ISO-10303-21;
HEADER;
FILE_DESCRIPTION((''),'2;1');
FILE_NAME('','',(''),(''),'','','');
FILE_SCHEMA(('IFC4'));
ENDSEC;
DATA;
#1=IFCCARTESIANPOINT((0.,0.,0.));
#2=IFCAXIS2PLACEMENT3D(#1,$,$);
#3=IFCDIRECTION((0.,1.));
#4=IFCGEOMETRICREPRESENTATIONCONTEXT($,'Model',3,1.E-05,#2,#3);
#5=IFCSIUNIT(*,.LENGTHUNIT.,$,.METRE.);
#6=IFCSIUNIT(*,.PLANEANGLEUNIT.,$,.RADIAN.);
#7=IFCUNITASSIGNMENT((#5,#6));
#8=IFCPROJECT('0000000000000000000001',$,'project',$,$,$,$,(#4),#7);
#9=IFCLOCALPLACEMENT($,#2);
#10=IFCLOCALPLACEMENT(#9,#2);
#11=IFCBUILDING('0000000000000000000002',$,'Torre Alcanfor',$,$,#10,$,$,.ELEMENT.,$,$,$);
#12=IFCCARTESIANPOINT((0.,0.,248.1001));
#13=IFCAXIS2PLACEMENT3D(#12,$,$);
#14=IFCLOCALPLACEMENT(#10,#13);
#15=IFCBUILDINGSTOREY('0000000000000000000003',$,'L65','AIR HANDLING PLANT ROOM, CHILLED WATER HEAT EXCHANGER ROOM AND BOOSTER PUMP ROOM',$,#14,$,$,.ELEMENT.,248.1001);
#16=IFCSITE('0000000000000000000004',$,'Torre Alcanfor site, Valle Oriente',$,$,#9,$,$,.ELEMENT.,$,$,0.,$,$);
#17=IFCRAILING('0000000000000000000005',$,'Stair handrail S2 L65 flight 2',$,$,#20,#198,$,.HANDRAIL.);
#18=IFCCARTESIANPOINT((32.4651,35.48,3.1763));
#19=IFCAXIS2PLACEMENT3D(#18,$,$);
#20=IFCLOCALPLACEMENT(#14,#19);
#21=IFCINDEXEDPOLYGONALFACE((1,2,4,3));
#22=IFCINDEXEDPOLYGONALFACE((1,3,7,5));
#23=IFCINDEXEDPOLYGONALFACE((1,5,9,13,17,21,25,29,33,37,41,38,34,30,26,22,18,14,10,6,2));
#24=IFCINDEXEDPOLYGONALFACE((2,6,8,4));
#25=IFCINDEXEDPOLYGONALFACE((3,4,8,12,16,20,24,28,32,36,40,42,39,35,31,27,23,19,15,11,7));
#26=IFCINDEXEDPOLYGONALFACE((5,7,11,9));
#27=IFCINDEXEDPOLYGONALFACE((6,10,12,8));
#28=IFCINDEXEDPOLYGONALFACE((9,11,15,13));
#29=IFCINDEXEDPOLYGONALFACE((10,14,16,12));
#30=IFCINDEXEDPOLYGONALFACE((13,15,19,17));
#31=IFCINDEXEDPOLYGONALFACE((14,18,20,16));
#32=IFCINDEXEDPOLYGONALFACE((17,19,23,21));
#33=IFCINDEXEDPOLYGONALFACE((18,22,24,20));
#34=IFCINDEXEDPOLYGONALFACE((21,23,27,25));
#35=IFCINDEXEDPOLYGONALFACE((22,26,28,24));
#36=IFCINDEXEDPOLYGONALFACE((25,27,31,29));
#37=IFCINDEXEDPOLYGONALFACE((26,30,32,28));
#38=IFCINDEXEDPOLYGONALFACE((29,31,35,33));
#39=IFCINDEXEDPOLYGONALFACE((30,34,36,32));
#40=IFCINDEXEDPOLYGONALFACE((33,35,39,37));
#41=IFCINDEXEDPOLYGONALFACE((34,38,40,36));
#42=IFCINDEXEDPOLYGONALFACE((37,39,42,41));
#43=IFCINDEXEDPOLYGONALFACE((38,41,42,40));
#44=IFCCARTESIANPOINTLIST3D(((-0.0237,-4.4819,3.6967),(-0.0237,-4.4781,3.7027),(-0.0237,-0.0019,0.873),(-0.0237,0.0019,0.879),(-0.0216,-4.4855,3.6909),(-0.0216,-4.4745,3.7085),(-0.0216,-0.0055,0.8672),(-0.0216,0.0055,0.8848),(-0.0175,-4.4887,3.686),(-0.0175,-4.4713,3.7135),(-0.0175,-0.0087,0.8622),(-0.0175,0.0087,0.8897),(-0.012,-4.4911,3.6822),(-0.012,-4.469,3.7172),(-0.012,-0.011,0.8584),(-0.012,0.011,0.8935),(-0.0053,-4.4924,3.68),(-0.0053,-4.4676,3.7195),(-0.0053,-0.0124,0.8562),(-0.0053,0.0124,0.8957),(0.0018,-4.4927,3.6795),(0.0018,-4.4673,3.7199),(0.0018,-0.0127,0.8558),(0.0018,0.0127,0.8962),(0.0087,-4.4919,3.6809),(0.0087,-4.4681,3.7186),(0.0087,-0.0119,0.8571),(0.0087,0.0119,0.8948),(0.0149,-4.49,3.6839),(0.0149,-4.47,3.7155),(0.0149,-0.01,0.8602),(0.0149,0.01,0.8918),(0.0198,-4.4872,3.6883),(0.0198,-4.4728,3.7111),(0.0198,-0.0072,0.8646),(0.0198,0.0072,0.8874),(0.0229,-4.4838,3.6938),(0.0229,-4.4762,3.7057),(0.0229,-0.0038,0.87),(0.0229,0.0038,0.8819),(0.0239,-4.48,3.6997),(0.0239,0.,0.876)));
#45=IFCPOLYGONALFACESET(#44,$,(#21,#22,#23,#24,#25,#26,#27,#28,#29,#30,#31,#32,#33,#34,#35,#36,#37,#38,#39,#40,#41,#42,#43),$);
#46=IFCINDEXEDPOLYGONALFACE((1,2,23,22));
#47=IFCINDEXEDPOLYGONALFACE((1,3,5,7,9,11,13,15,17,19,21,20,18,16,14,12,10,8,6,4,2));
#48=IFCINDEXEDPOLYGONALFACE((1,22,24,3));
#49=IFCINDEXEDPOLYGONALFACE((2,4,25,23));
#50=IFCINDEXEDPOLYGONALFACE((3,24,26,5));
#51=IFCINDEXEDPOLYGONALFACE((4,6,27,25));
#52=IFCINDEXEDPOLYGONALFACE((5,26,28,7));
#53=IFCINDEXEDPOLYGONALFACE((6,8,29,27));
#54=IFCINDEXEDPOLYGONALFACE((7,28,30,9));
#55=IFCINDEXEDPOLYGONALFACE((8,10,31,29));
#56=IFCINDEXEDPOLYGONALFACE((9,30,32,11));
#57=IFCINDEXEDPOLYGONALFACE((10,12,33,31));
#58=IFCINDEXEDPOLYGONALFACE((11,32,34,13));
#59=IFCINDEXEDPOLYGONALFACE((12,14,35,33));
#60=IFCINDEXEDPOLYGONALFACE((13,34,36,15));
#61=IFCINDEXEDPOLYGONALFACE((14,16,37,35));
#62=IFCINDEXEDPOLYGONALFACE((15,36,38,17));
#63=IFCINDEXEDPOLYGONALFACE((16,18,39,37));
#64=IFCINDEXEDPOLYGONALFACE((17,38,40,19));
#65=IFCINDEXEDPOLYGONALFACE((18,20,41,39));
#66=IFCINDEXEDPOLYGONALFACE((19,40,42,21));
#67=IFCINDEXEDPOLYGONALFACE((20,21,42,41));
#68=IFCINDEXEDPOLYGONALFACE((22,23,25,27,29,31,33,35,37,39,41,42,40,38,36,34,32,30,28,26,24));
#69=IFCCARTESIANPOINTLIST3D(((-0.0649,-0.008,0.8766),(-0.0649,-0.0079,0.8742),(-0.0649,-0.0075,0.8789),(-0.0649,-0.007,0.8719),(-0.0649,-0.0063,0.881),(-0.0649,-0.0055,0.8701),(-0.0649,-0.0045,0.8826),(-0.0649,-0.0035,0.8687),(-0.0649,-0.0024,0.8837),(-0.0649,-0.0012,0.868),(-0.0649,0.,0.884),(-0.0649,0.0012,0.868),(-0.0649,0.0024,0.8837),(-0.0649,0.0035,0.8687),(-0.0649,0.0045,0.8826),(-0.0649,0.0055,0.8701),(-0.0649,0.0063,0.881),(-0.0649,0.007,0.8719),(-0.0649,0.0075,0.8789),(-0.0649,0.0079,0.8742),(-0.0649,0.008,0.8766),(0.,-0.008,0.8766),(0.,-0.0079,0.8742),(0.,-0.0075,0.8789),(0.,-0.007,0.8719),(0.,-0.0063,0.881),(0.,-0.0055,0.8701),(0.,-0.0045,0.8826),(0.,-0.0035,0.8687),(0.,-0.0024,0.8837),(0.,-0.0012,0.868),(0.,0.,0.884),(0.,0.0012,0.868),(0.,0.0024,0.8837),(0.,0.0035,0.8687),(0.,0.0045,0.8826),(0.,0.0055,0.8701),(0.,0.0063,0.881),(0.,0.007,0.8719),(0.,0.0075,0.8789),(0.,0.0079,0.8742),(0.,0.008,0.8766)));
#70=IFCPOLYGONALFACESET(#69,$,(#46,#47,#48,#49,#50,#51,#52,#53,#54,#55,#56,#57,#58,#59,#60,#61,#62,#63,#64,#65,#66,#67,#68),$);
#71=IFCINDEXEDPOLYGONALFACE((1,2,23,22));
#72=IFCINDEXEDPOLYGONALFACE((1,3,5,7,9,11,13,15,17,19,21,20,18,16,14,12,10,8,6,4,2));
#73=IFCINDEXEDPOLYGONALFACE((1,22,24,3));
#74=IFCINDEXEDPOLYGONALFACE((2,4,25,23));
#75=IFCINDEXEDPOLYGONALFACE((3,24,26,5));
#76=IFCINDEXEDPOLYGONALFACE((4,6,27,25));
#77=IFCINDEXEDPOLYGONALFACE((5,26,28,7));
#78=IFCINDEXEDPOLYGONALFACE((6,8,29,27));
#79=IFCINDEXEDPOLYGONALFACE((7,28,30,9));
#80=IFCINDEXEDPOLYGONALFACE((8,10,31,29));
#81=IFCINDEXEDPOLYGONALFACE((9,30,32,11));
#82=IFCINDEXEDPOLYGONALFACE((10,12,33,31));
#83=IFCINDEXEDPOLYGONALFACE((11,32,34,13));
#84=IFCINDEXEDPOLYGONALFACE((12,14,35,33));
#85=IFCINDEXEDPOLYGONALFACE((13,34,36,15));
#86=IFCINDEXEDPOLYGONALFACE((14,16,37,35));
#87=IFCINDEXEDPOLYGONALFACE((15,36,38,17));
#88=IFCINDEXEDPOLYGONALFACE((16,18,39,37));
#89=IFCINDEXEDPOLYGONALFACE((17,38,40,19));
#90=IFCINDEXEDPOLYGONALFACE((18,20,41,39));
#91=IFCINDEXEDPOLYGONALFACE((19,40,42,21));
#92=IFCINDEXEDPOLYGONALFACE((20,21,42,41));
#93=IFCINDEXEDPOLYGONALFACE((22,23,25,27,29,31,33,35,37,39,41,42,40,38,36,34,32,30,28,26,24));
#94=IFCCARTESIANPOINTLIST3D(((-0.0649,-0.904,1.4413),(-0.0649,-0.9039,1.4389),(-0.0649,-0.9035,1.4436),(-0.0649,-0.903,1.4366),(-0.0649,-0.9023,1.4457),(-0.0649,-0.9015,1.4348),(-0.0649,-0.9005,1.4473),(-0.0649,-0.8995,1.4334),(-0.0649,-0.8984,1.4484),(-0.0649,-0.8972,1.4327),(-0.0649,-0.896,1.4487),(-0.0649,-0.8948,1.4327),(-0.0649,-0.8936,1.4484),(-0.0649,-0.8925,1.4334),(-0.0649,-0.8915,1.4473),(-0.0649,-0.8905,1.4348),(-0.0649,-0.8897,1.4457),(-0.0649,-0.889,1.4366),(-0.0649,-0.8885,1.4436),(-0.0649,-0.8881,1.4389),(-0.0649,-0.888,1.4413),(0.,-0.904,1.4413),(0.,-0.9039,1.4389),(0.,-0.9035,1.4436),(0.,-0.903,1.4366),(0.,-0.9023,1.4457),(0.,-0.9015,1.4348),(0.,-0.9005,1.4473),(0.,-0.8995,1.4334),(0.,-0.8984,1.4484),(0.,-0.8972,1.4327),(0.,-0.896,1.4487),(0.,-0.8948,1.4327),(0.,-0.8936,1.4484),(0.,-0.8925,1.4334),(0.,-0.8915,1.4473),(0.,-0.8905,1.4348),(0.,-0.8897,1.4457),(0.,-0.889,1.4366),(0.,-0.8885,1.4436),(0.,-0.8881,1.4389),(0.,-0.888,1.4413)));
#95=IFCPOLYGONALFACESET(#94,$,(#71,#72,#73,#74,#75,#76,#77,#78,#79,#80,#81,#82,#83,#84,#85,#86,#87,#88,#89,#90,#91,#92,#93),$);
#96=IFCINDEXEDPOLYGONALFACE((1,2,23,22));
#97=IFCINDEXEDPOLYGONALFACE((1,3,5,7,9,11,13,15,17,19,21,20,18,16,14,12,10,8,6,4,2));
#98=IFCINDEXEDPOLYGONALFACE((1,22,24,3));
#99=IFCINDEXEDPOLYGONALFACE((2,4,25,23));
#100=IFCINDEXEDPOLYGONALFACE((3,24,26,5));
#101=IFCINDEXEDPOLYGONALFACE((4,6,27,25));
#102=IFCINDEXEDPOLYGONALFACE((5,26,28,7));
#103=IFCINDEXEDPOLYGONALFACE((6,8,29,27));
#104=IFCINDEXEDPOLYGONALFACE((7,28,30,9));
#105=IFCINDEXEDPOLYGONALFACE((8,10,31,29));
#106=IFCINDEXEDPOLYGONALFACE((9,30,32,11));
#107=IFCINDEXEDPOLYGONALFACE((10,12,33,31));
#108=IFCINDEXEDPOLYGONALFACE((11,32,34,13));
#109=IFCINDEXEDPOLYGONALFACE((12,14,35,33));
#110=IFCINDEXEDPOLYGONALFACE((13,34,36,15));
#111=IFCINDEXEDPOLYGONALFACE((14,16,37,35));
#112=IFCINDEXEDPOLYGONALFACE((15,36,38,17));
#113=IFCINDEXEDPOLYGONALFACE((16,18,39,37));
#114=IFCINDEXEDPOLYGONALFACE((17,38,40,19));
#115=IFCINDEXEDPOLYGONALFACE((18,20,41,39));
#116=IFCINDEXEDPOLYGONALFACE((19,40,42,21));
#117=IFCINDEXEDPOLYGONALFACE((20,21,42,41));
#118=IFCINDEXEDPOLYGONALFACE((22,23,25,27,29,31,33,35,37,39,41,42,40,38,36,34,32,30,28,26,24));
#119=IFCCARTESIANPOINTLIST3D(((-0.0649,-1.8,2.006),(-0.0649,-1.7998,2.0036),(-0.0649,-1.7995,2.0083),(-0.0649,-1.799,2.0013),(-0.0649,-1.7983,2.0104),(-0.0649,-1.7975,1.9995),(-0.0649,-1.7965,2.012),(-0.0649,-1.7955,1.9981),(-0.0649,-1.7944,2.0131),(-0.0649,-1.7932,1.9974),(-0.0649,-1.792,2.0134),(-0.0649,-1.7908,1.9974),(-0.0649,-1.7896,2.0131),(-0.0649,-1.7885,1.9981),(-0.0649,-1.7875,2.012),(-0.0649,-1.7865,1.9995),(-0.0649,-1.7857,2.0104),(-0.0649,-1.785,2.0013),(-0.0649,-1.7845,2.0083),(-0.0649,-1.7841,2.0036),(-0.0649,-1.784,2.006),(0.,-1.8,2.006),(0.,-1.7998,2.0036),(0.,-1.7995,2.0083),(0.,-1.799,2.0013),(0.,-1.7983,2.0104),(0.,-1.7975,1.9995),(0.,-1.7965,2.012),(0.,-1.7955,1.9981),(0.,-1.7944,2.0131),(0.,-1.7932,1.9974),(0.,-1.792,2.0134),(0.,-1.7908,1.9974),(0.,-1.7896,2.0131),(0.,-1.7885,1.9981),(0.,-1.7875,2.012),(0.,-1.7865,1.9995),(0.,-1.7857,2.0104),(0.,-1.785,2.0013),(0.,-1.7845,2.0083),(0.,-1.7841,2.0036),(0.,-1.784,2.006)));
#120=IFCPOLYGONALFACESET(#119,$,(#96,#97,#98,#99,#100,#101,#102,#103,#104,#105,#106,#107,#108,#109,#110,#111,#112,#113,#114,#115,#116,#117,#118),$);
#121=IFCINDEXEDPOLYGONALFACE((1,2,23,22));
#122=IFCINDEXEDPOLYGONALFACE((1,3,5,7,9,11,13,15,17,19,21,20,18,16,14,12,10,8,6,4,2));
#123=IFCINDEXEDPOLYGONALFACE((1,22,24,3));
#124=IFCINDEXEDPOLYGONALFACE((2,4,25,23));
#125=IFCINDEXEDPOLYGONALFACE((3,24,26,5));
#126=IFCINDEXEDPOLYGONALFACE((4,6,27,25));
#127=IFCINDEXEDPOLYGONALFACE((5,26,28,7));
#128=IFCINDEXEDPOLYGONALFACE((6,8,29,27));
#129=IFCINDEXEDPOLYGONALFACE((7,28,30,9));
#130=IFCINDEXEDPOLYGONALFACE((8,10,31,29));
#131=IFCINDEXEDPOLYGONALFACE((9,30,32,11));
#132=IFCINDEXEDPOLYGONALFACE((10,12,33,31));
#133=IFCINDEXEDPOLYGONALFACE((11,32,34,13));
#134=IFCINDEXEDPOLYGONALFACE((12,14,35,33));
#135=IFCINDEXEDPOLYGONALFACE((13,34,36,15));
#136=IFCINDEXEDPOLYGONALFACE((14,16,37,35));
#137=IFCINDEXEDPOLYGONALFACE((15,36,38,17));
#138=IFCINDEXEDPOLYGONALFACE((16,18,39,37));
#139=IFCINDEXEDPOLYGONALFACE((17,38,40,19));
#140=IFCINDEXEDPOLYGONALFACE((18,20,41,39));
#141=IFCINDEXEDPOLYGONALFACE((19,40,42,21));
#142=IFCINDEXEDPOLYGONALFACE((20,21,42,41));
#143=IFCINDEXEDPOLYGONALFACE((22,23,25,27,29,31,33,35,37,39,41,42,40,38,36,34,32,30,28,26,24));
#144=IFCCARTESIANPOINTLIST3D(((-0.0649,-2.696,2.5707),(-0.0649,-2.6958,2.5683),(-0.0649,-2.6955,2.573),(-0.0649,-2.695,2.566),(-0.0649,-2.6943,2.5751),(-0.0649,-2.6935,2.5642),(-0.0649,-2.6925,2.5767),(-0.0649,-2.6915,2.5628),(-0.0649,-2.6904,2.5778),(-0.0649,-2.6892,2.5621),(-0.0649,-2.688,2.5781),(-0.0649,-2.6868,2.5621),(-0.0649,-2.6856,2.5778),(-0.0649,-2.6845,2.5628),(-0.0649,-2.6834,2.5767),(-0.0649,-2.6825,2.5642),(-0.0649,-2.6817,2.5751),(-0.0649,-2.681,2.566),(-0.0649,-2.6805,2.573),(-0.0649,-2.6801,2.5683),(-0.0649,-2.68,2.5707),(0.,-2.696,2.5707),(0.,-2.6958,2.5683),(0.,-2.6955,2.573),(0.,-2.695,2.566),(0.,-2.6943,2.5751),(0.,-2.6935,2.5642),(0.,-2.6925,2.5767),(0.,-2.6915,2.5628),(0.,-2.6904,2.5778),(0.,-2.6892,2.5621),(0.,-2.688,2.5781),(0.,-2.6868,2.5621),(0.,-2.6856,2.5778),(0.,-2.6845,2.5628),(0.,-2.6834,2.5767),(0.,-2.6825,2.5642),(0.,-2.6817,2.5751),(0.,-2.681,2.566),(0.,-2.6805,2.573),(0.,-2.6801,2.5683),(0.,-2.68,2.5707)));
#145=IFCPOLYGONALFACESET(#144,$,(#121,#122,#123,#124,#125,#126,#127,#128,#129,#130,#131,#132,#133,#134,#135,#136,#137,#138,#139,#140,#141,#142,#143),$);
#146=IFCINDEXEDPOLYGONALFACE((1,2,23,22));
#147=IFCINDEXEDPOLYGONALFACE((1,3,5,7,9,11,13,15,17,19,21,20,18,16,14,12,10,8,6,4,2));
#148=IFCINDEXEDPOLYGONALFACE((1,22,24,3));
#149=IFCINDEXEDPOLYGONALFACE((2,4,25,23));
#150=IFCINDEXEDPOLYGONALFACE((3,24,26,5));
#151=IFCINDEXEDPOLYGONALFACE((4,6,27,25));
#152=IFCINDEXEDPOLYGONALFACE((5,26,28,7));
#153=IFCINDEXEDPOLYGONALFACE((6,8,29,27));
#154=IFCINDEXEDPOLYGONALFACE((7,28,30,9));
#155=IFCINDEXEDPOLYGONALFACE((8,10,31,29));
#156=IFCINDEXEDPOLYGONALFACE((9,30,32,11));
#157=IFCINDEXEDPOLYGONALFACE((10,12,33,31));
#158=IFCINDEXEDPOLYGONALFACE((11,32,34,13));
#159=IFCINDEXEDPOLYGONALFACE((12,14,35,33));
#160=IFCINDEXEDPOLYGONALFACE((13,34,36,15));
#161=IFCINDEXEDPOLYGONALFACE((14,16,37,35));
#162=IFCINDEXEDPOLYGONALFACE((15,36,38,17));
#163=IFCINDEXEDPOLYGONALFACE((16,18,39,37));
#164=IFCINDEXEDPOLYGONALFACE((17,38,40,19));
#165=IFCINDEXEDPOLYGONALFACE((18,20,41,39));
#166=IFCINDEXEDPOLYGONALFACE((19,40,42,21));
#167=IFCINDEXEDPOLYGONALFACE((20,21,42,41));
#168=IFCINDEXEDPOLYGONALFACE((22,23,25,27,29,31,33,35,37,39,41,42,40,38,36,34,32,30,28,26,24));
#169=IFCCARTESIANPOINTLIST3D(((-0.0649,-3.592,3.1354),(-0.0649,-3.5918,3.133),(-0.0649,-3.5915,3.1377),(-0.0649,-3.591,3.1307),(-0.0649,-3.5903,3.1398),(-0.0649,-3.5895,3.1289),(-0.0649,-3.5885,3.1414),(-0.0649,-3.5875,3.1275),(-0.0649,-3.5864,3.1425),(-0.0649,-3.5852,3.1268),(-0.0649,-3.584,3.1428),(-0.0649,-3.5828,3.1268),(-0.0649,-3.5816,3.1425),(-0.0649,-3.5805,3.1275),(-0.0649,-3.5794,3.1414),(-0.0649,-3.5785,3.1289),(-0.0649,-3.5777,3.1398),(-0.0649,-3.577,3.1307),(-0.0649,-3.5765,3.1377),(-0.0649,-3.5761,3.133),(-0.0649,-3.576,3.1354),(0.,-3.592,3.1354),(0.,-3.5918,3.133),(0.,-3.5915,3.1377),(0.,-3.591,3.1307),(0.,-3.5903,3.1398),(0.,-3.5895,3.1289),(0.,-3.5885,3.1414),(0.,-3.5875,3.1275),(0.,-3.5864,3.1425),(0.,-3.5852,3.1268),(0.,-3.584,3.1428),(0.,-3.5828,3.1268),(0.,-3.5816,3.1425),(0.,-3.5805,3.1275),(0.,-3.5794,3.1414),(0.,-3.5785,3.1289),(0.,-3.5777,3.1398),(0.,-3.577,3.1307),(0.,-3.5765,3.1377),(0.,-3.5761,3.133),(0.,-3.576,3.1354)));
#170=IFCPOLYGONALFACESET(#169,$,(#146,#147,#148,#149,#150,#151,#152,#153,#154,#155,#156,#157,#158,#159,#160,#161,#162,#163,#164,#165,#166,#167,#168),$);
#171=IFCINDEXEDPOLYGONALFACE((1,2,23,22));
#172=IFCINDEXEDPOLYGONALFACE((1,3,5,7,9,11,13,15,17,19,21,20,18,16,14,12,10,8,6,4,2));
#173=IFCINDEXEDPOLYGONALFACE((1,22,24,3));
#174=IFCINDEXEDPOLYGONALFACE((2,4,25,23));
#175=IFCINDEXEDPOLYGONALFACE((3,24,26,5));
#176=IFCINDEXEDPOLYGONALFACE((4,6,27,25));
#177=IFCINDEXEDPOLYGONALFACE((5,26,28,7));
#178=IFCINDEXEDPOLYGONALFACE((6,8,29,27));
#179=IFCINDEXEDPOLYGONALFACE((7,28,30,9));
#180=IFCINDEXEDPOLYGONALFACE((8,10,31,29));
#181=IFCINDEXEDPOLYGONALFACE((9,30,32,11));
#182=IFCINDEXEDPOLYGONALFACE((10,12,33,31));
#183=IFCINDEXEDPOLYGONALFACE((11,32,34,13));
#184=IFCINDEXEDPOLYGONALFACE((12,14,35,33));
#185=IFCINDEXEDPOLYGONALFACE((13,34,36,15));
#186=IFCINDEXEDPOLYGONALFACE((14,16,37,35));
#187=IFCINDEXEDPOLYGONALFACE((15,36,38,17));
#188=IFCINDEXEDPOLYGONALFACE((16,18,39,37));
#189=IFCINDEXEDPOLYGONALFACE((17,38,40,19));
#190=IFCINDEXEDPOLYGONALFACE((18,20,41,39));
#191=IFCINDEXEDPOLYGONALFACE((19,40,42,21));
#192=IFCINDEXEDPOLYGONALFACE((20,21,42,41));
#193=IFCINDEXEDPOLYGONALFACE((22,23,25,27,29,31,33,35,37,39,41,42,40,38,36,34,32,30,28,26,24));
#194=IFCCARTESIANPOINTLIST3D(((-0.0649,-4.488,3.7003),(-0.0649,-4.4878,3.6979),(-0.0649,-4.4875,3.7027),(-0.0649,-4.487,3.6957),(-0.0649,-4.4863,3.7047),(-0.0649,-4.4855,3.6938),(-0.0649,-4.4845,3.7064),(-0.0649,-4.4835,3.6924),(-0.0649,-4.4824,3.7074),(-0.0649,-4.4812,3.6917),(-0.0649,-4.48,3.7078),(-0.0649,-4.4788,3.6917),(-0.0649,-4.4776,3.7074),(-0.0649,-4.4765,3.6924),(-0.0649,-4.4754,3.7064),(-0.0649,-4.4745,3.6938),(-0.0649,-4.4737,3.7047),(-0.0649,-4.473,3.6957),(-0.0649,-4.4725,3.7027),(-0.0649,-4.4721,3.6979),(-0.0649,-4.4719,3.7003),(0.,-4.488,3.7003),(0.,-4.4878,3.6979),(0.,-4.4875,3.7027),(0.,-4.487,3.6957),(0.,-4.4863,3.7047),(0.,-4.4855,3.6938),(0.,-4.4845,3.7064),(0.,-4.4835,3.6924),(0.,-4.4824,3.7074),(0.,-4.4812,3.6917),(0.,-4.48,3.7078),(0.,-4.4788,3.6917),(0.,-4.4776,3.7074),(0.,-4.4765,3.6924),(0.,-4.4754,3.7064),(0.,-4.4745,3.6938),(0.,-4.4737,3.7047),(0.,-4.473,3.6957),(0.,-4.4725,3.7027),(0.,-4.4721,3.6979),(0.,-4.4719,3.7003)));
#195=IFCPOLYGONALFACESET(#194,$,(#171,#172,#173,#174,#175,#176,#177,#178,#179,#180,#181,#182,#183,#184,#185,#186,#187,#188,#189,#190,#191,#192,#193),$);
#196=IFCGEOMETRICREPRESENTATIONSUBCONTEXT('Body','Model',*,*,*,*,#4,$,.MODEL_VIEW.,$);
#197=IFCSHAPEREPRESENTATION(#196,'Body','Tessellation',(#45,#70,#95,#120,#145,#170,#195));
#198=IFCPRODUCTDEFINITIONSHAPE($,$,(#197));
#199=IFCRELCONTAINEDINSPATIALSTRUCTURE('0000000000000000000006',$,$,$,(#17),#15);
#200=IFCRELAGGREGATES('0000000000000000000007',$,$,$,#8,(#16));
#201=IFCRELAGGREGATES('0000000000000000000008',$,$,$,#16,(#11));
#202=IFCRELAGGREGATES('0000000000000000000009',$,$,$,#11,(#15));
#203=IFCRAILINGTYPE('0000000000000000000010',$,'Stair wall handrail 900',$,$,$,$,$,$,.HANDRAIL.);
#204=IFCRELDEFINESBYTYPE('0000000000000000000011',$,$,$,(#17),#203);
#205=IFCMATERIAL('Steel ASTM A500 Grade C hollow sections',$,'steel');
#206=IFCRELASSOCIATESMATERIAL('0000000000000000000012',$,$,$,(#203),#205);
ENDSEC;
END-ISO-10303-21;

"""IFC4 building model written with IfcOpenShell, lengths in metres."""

from ifc_helpers import new_model, si_unit, direction, frame, origin, origin_2d, place, context, subcontext, project, spatial, circle, extrude, material, type_object, element, save


model = new_model("IFC4")

# Units and contexts
model_context = context("Model", 3, precision=1e-05, world=origin(), true_north=direction((0.0, 1.0)))
body_context = subcontext(model_context, "Body", "Model", "MODEL_VIEW")
ifc_project = project(units=[si_unit("LENGTHUNIT", "METRE"), si_unit("PLANEANGLEUNIT", "RADIAN")], contexts=[model_context])

# Site, building, storey
site_placement = place(None, origin())
site = spatial("IfcSite", under=ifc_project, at=site_placement, Name="Torre Alcanfor site, Valle Oriente", CompositionType="ELEMENT", RefElevation=0.0)
building_placement = place(site_placement, origin())
building = spatial("IfcBuilding", under=site, at=building_placement, Name="Torre Alcanfor", CompositionType="ELEMENT")
storey_placement = place(building_placement, frame((0.0, 0.0, 248.1001)))
storey = spatial("IfcBuildingStorey", under=building, at=storey_placement, Name="L65", Description="AIR HANDLING PLANT ROOM, CHILLED WATER HEAT EXCHANGER ROOM AND BOOSTER PUMP ROOM", CompositionType="ELEMENT", Elevation=248.1001)

# Railing
ifc_material_1 = material(Name="Steel ASTM A500 Grade C hollow sections", Category="steel")
railing_type_1 = type_object("IfcRailingType", Name="Stair wall handrail 900", PredefinedType="HANDRAIL", material=ifc_material_1)
railing_1_placement = place(storey_placement, frame((32.4651, 35.48, 3.1763)))
element("IfcRailing", 1, at=railing_1_placement, inside=storey, type_object=railing_type_1, Name="Stair handrail S2 L65 flight 2", PredefinedType="HANDRAIL", context=body_context, shape_type="SweptSolid", body=[
    extrude(circle(Radius=0.0239, at=origin_2d()), frame((0.0, 0.0, 0.876), z_axis=(0.0, -0.845977, 0.533219), x_axis=(1.0, 0.0, 0.0)), (0.0, 0.0, 1.0), 5.2957),
    extrude(circle(Radius=0.0081, at=origin_2d()), frame((0.0, 0.0, 0.876), z_axis=(-1.0, 0.0, 0.0), x_axis=(0.0, 0.0, 1.0)), (0.0, 0.0, 1.0), 0.0649),
    extrude(circle(Radius=0.0081, at=origin_2d()), frame((0.0, -0.896, 1.4407), z_axis=(-1.0, 0.0, 0.0), x_axis=(0.0, 0.0, 1.0)), (0.0, 0.0, 1.0), 0.0649),
    extrude(circle(Radius=0.0081, at=origin_2d()), frame((0.0, -1.792, 2.0054), z_axis=(-1.0, 0.0, 0.0), x_axis=(0.0, 0.0, 1.0)), (0.0, 0.0, 1.0), 0.0649),
    extrude(circle(Radius=0.0081, at=origin_2d()), frame((0.0, -2.688, 2.5701), z_axis=(-1.0, 0.0, 0.0), x_axis=(0.0, 0.0, 1.0)), (0.0, 0.0, 1.0), 0.0649),
    extrude(circle(Radius=0.0081, at=origin_2d()), frame((0.0, -3.584, 3.1348), z_axis=(-1.0, 0.0, 0.0), x_axis=(0.0, 0.0, 1.0)), (0.0, 0.0, 1.0), 0.0649),
    extrude(circle(Radius=0.0081, at=origin_2d()), frame((0.0, -4.48, 3.6997), z_axis=(-1.0, 0.0, 0.0), x_axis=(0.0, 0.0, 1.0)), (0.0, 0.0, 1.0), 0.0649),
])

save(model, "model.ifc")
